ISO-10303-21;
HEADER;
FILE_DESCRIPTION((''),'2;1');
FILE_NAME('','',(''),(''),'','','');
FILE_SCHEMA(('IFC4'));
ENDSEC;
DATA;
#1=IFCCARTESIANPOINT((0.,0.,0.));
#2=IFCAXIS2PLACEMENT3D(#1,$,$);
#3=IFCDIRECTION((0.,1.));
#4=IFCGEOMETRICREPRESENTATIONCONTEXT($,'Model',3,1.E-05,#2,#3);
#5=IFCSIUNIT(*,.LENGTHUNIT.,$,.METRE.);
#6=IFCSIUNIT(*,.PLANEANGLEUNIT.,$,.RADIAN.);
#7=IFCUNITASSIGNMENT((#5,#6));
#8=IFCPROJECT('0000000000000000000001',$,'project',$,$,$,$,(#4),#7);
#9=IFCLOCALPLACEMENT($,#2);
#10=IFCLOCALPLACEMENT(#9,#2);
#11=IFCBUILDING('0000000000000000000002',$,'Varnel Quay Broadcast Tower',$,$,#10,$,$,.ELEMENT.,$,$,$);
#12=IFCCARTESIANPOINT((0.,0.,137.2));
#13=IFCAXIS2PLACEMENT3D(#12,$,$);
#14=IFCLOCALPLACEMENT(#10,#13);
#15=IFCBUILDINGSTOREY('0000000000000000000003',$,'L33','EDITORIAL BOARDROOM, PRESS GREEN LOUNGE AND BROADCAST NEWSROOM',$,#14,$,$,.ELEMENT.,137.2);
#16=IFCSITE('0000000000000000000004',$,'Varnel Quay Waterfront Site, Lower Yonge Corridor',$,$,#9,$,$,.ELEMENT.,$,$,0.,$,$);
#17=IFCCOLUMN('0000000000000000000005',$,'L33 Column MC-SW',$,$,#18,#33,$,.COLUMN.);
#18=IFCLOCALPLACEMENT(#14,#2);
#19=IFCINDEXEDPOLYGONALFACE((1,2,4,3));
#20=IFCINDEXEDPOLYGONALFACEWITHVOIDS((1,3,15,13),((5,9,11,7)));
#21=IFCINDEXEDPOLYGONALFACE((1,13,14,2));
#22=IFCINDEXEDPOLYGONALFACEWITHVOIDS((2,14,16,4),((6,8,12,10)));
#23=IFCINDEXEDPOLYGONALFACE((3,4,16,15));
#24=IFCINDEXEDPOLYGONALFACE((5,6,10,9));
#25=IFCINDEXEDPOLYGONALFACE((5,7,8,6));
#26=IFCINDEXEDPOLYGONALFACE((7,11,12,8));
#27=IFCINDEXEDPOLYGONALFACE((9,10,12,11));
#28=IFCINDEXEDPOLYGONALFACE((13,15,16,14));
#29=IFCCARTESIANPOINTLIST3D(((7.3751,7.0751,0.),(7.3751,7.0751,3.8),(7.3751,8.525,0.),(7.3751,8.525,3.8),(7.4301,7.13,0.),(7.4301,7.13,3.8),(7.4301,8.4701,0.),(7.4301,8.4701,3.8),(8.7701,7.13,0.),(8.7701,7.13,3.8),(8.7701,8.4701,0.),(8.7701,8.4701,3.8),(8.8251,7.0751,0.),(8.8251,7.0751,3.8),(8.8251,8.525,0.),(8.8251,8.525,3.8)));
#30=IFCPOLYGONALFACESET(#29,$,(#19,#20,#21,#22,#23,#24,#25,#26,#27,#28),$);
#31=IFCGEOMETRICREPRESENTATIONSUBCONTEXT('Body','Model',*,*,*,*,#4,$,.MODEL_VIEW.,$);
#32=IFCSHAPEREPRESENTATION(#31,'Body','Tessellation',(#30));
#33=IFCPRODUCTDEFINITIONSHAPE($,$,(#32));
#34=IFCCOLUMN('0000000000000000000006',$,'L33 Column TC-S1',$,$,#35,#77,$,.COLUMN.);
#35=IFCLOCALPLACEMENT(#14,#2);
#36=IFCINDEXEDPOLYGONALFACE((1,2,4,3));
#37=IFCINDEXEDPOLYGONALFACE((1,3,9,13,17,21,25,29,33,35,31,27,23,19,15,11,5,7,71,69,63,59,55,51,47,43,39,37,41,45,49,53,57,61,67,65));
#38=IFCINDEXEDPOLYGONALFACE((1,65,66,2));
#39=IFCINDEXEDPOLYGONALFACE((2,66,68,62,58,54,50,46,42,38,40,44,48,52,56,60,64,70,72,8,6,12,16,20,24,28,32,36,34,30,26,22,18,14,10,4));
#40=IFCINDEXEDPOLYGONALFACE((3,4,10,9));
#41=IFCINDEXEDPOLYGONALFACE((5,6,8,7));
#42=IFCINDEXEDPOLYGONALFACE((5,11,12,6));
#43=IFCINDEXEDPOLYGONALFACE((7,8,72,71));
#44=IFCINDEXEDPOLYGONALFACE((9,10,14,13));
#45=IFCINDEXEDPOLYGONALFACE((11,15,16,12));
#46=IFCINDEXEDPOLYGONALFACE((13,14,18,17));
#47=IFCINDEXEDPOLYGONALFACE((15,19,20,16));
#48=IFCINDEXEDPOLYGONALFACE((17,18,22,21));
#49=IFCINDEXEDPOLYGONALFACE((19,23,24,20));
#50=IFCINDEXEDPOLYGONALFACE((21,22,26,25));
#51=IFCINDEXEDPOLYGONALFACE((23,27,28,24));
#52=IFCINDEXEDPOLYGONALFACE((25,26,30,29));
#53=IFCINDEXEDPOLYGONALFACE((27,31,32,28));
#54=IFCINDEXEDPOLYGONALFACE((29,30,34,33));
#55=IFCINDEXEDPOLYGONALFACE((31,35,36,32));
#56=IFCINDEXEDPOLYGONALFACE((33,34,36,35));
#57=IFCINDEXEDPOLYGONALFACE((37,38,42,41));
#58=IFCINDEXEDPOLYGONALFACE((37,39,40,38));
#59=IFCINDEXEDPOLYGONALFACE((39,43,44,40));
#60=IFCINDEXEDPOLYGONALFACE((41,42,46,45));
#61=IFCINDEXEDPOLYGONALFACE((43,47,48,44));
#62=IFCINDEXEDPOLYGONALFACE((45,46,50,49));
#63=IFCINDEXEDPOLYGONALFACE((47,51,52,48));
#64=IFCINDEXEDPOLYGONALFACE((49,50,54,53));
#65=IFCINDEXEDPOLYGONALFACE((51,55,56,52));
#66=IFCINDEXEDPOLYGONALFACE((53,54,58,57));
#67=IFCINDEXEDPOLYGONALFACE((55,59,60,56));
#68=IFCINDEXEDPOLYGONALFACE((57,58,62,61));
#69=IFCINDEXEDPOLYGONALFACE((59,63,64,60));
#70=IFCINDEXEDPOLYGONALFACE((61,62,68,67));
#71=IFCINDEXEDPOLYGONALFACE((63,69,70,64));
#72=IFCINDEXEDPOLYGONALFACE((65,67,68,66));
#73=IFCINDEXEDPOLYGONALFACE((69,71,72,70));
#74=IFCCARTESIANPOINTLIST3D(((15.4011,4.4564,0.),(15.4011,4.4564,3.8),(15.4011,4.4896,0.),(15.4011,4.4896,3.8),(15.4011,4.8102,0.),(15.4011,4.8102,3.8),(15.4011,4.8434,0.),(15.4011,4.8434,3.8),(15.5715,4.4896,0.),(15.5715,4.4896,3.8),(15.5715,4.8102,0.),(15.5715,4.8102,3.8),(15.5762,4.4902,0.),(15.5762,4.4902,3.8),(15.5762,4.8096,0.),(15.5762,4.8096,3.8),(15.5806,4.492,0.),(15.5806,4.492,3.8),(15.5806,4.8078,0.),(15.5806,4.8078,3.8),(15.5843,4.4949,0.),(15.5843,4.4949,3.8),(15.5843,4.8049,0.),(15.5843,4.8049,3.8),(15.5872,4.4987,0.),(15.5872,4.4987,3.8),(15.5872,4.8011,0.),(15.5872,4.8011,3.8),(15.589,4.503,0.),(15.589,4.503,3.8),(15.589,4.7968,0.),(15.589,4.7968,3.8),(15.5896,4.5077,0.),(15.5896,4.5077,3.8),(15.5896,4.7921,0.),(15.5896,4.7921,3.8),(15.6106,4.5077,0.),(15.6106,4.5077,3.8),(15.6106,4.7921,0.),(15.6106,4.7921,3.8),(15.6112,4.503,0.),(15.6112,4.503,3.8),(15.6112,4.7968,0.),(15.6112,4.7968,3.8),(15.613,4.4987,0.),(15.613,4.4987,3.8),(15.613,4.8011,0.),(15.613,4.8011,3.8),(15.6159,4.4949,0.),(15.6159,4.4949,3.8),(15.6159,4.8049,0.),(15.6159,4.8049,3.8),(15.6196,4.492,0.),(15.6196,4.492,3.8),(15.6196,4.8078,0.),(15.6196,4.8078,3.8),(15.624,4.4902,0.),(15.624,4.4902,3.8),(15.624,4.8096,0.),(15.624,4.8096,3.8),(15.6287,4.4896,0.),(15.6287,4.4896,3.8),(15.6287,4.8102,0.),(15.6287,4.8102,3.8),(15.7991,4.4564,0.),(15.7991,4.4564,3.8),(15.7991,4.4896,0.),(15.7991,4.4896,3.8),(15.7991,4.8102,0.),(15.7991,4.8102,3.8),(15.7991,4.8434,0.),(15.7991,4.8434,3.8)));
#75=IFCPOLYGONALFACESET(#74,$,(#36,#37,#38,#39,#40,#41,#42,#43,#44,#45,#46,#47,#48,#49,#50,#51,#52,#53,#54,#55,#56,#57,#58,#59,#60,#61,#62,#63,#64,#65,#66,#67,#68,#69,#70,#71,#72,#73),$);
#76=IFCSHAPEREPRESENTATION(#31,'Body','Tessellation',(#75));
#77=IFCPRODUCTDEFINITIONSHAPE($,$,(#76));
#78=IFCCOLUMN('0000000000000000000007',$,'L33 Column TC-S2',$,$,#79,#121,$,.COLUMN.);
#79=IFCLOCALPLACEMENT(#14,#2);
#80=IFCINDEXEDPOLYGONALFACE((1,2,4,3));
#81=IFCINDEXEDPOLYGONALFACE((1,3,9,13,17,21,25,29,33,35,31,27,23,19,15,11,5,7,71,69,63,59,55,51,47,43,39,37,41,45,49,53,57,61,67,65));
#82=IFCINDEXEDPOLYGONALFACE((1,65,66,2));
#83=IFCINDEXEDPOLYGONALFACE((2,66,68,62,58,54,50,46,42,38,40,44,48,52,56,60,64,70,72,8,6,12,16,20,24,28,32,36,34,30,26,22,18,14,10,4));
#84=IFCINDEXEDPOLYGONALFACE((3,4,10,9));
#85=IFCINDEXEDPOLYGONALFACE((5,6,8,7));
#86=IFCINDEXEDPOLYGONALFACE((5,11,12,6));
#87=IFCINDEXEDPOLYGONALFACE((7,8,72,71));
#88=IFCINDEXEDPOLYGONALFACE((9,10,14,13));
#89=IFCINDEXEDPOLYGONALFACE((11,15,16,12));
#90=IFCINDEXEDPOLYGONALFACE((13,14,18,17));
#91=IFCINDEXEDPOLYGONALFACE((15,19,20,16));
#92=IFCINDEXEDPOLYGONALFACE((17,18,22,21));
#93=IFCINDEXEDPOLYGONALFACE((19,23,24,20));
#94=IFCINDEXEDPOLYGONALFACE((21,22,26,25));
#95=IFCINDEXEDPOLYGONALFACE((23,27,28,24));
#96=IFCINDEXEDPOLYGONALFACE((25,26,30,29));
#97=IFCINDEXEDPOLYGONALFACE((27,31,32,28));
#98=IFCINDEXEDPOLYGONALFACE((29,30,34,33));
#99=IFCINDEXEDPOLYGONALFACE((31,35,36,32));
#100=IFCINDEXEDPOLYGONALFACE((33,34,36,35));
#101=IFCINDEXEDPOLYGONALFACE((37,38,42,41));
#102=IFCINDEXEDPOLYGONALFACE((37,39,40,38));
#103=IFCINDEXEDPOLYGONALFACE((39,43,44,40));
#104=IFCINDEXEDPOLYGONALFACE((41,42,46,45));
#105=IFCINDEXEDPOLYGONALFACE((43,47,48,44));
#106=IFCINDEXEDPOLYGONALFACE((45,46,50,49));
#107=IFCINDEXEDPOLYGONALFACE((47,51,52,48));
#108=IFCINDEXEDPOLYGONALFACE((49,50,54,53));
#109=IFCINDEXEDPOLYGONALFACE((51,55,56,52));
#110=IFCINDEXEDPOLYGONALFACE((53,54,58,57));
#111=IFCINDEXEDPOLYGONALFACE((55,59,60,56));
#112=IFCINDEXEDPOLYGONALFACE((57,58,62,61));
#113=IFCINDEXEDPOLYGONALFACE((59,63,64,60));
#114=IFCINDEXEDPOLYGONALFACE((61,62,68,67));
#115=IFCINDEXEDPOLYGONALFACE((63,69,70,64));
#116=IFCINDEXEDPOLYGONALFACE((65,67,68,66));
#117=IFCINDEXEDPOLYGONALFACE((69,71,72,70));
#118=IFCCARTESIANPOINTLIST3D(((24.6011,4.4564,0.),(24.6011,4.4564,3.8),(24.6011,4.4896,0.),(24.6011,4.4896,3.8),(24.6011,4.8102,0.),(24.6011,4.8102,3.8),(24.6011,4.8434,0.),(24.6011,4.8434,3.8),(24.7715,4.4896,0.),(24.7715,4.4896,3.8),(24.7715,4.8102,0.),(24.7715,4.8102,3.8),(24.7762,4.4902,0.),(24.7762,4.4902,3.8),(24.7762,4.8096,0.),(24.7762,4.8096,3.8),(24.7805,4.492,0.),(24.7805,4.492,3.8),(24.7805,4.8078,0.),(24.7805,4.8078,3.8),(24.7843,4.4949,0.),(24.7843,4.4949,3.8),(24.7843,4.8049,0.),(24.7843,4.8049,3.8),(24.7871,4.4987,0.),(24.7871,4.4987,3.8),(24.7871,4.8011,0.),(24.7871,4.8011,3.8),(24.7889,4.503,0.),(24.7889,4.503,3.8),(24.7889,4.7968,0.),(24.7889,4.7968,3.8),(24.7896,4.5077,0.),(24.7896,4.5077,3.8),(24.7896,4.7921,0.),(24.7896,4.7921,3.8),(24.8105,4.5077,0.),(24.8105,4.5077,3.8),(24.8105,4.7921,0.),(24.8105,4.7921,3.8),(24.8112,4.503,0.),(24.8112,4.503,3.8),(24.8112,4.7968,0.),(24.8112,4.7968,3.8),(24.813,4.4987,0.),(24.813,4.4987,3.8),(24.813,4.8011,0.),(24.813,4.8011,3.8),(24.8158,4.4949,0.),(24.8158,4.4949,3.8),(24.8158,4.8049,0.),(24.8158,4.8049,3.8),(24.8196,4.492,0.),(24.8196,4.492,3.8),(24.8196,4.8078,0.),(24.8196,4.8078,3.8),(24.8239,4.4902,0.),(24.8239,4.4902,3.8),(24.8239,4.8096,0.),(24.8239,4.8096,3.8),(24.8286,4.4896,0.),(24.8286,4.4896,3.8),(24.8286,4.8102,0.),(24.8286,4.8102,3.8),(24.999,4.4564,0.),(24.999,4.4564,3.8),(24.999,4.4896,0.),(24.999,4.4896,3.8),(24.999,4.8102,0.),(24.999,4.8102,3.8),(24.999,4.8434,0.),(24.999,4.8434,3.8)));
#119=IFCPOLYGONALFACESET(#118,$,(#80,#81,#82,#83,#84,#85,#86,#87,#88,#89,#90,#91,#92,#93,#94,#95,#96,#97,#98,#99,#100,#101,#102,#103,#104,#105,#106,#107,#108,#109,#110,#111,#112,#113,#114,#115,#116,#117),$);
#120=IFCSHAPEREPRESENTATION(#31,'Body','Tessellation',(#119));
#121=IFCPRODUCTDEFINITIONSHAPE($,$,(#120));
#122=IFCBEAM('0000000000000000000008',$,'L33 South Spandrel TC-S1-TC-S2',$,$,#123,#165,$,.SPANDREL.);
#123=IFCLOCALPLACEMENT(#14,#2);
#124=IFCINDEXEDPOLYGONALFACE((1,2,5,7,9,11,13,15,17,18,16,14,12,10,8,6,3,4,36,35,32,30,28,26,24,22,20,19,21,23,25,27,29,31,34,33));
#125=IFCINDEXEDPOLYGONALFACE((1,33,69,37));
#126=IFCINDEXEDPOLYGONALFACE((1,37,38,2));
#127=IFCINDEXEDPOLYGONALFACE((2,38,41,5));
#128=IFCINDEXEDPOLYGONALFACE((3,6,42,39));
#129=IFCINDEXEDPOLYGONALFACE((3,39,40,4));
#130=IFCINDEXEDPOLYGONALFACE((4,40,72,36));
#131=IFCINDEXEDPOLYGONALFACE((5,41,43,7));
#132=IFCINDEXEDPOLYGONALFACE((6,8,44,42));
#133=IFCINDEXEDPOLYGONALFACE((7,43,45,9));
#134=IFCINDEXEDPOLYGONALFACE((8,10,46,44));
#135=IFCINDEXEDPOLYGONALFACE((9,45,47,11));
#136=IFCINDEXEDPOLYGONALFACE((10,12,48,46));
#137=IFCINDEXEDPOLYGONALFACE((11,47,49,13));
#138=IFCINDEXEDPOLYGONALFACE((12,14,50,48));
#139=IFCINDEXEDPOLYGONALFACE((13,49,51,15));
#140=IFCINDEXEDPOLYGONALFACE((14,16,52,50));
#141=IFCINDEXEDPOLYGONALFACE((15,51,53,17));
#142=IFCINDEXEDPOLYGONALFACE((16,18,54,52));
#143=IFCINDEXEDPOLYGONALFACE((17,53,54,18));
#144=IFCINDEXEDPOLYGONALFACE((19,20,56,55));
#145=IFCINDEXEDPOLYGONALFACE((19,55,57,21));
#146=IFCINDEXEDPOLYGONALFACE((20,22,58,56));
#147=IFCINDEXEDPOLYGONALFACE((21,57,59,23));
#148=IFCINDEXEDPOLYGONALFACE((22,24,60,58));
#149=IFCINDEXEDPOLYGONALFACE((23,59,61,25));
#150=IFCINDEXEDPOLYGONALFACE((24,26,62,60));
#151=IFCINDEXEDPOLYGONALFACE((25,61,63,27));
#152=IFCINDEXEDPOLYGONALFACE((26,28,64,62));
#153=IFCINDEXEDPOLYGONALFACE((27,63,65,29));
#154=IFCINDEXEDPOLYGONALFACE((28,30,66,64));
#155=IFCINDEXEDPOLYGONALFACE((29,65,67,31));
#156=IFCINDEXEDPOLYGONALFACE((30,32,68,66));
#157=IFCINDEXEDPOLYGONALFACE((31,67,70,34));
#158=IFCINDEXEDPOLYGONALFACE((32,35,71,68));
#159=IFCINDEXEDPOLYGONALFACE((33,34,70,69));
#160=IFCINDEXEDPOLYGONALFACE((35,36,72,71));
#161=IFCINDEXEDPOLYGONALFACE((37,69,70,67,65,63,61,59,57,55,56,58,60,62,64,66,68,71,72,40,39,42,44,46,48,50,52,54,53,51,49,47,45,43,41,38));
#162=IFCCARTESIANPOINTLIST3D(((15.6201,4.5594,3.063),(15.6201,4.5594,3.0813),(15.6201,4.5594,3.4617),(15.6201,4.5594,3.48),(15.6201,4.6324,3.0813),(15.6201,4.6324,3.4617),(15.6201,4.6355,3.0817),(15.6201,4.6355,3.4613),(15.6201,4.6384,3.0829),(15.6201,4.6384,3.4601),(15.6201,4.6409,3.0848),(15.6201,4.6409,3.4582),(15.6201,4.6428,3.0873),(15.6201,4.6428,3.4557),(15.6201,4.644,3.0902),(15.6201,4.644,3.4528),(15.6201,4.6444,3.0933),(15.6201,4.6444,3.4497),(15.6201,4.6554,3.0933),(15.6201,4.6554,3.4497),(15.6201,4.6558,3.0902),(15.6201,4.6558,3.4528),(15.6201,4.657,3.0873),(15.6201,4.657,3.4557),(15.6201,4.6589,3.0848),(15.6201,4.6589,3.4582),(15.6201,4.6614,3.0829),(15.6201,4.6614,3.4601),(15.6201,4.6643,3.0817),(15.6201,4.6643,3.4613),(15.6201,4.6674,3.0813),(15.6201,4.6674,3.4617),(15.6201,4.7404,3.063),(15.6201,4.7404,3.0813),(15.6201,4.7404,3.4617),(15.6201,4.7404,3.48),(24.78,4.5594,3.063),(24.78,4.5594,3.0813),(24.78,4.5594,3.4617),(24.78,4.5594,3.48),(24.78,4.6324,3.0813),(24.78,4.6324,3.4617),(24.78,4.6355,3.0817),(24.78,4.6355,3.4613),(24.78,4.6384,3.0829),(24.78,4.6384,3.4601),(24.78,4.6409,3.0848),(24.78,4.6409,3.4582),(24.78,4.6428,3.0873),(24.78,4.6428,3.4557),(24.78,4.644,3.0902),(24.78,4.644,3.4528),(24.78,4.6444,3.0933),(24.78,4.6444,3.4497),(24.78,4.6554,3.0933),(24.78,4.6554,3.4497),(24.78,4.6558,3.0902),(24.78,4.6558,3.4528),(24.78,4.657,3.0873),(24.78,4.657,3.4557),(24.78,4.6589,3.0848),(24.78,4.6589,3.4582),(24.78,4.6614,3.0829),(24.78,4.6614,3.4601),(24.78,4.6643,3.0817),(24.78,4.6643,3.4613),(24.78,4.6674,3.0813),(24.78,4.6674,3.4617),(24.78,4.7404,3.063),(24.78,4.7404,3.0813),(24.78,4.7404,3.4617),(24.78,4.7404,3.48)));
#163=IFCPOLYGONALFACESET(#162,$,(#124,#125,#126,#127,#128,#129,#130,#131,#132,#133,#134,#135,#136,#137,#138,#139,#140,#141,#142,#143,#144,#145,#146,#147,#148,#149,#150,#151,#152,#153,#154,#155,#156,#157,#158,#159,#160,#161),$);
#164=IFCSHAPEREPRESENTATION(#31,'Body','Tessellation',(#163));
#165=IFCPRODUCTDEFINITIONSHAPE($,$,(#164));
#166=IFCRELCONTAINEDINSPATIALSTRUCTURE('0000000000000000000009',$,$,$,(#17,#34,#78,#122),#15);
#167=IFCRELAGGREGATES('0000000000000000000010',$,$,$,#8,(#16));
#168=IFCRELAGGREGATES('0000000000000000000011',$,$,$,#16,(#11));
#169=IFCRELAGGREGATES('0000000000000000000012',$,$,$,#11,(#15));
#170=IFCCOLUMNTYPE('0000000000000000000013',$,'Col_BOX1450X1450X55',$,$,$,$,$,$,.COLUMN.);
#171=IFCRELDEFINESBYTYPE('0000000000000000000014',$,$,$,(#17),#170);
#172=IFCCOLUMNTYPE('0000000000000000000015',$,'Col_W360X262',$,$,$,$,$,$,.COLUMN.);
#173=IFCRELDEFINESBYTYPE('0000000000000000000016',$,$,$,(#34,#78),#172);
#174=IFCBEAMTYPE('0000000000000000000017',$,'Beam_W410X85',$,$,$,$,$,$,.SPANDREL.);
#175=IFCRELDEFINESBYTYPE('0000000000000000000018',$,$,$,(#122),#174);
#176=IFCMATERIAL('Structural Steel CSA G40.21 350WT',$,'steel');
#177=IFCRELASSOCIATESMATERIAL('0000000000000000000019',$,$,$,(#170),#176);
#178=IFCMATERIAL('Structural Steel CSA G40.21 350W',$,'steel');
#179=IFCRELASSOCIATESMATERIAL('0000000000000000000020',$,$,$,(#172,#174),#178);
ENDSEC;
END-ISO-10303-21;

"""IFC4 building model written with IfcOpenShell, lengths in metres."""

from ifc_helpers import new_model, si_unit, direction, frame, origin, origin_2d, place, context, subcontext, project, spatial, hollow_rectangle, i_section, extrude, source, transform, mapped, material, material_profile, profile_set, type_object, type_shapes, element, save


model = new_model("IFC4")

# Units and contexts
model_context = context("Model", 3, precision=1e-05, world=origin(), true_north=direction((0.0, 1.0)))
body_context = subcontext(model_context, "Body", "Model", "MODEL_VIEW")
ifc_project = project(units=[si_unit("LENGTHUNIT", "METRE"), si_unit("PLANEANGLEUNIT", "RADIAN")], contexts=[model_context])

# Site, building, storey
site_placement = place(None, origin())
site = spatial("IfcSite", under=ifc_project, at=site_placement, Name="Varnel Quay Waterfront Site, Lower Yonge Corridor", CompositionType="ELEMENT", RefElevation=0.0)
building_placement = place(site_placement, origin())
building = spatial("IfcBuilding", under=site, at=building_placement, Name="Varnel Quay Broadcast Tower", CompositionType="ELEMENT")
storey_placement = place(building_placement, frame((0.0, 0.0, 137.2)))
storey = spatial("IfcBuildingStorey", under=building, at=storey_placement, Name="L33", Description="EDITORIAL BOARDROOM, PRESS GREEN LOUNGE AND BROADCAST NEWSROOM", CompositionType="ELEMENT", Elevation=137.2)

# Columns
ifc_material_1 = material(Name="Structural Steel CSA G40.21 350WT", Category="steel")
ifc_material_profile_1 = material_profile(ifc_material_1, hollow_rectangle(XDim=1.45, YDim=1.45, WallThickness=0.0549, at=origin_2d()), Name="BOX1450X1450X55")
ifc_profile_set_1 = profile_set([ifc_material_profile_1], Name="Structural Steel CSA G40.21 350WT")
column_type_1 = type_object("IfcColumnType", Name="Col_BOX1450X1450X55", PredefinedType="COLUMN", material=ifc_profile_set_1)
shared_shape_1 = source(origin(), body_context, "Body", "SweptSolid", [
    extrude(hollow_rectangle(XDim=1.45, YDim=1.45, WallThickness=0.0549, at=origin_2d()), origin(), (0.0, 0.0, 1.0), 3.8),
])
type_shapes(column_type_1, [shared_shape_1])
column_placement = place(storey_placement, frame((8.1001, 7.8, 0.0), z_axis=(0.0, 0.0, 1.0), x_axis=(1.0, 0.0, 0.0)))
element("IfcColumn", 1, at=column_placement, inside=storey, type_object=column_type_1, Name="L33 Column MC-SW", PredefinedType="COLUMN", context=body_context, shape_type="MappedRepresentation", body=[
    mapped(shared_shape_1, transform((0.0, 0.0, 0.0), x_axis=(1.0, 0.0, 0.0), y_axis=(0.0, 1.0, 0.0), z_axis=(0.0, 0.0, 1.0), scale=1.0)),
])
ifc_material_2 = material(Name="Structural Steel CSA G40.21 350W", Category="steel")
ifc_material_profile_2 = material_profile(ifc_material_2, i_section(OverallWidth=0.3979, OverallDepth=0.387, WebThickness=0.021, FlangeThickness=0.0332, FilletRadius=0.0181, at=origin_2d()), Name="W360X262")
ifc_profile_set_2 = profile_set([ifc_material_profile_2], Name="Structural Steel CSA G40.21 350W")
column_type_2 = type_object("IfcColumnType", Name="Col_W360X262", PredefinedType="COLUMN", material=ifc_profile_set_2)
shared_shape_2 = source(origin(), body_context, "Body", "SweptSolid", [
    extrude(i_section(OverallWidth=0.3979, OverallDepth=0.387, WebThickness=0.021, FlangeThickness=0.0332, FilletRadius=0.0181, at=origin_2d()), origin(), (0.0, 0.0, 1.0), 3.8),
])
type_shapes(column_type_2, [shared_shape_2])
for number, where, z_axis, x_axis, name in (
    (2, (15.6001, 4.6499, 0.0), (0.0, 0.0, 1.0), (1.0, 0.0, 0.0), "L33 Column TC-S1"),
    (3, (24.8, 4.6499, 0.0), (0.0, 0.0, 1.0), (1.0, 0.0, 0.0), "L33 Column TC-S2"),
):
    element("IfcColumn", number, at=place(storey_placement, frame(where, z_axis=z_axis, x_axis=x_axis)), inside=storey, type_object=column_type_2, Name=name, PredefinedType="COLUMN", context=body_context, shape_type="MappedRepresentation", body=[
        mapped(shared_shape_2, transform((0.0, 0.0, 0.0), x_axis=(1.0, 0.0, 0.0), y_axis=(0.0, 1.0, 0.0), z_axis=(0.0, 0.0, 1.0), scale=1.0)),
    ])

# Beam
ifc_material_profile_3 = material_profile(ifc_material_2, i_section(OverallWidth=0.1809, OverallDepth=0.417, WebThickness=0.011, FlangeThickness=0.0183, FilletRadius=0.012, at=origin_2d()), Name="W410X85")
ifc_profile_set_3 = profile_set([ifc_material_profile_3], Name="Structural Steel CSA G40.21 350W")
beam_type_1 = type_object("IfcBeamType", Name="Beam_W410X85", PredefinedType="SPANDREL", material=ifc_profile_set_3)
shared_shape_3 = source(origin(), body_context, "Body", "SweptSolid", [
    extrude(i_section(OverallWidth=0.1809, OverallDepth=0.417, WebThickness=0.011, FlangeThickness=0.0183, FilletRadius=0.012, at=origin_2d()), origin(), (0.0, 0.0, 1.0), 9.1599),
])
for number, where, z_axis, x_axis, name in (
    (4, (15.6201, 4.6499, 3.2715), (1.0, 0.0, 0.0), (0.0, 1.0, 0.0), "L33 South Spandrel TC-S1-TC-S2"),
):
    element("IfcBeam", number, at=place(storey_placement, frame(where, z_axis=z_axis, x_axis=x_axis)), inside=storey, type_object=beam_type_1, Name=name, PredefinedType="SPANDREL", context=body_context, shape_type="MappedRepresentation", body=[
        mapped(shared_shape_3, transform((0.0, 0.0, 0.0), x_axis=(1.0, 0.0, 0.0), y_axis=(0.0, 1.0, 0.0), z_axis=(0.0, 0.0, 1.0), scale=1.0)),
    ])

save(model, "model.ifc")
